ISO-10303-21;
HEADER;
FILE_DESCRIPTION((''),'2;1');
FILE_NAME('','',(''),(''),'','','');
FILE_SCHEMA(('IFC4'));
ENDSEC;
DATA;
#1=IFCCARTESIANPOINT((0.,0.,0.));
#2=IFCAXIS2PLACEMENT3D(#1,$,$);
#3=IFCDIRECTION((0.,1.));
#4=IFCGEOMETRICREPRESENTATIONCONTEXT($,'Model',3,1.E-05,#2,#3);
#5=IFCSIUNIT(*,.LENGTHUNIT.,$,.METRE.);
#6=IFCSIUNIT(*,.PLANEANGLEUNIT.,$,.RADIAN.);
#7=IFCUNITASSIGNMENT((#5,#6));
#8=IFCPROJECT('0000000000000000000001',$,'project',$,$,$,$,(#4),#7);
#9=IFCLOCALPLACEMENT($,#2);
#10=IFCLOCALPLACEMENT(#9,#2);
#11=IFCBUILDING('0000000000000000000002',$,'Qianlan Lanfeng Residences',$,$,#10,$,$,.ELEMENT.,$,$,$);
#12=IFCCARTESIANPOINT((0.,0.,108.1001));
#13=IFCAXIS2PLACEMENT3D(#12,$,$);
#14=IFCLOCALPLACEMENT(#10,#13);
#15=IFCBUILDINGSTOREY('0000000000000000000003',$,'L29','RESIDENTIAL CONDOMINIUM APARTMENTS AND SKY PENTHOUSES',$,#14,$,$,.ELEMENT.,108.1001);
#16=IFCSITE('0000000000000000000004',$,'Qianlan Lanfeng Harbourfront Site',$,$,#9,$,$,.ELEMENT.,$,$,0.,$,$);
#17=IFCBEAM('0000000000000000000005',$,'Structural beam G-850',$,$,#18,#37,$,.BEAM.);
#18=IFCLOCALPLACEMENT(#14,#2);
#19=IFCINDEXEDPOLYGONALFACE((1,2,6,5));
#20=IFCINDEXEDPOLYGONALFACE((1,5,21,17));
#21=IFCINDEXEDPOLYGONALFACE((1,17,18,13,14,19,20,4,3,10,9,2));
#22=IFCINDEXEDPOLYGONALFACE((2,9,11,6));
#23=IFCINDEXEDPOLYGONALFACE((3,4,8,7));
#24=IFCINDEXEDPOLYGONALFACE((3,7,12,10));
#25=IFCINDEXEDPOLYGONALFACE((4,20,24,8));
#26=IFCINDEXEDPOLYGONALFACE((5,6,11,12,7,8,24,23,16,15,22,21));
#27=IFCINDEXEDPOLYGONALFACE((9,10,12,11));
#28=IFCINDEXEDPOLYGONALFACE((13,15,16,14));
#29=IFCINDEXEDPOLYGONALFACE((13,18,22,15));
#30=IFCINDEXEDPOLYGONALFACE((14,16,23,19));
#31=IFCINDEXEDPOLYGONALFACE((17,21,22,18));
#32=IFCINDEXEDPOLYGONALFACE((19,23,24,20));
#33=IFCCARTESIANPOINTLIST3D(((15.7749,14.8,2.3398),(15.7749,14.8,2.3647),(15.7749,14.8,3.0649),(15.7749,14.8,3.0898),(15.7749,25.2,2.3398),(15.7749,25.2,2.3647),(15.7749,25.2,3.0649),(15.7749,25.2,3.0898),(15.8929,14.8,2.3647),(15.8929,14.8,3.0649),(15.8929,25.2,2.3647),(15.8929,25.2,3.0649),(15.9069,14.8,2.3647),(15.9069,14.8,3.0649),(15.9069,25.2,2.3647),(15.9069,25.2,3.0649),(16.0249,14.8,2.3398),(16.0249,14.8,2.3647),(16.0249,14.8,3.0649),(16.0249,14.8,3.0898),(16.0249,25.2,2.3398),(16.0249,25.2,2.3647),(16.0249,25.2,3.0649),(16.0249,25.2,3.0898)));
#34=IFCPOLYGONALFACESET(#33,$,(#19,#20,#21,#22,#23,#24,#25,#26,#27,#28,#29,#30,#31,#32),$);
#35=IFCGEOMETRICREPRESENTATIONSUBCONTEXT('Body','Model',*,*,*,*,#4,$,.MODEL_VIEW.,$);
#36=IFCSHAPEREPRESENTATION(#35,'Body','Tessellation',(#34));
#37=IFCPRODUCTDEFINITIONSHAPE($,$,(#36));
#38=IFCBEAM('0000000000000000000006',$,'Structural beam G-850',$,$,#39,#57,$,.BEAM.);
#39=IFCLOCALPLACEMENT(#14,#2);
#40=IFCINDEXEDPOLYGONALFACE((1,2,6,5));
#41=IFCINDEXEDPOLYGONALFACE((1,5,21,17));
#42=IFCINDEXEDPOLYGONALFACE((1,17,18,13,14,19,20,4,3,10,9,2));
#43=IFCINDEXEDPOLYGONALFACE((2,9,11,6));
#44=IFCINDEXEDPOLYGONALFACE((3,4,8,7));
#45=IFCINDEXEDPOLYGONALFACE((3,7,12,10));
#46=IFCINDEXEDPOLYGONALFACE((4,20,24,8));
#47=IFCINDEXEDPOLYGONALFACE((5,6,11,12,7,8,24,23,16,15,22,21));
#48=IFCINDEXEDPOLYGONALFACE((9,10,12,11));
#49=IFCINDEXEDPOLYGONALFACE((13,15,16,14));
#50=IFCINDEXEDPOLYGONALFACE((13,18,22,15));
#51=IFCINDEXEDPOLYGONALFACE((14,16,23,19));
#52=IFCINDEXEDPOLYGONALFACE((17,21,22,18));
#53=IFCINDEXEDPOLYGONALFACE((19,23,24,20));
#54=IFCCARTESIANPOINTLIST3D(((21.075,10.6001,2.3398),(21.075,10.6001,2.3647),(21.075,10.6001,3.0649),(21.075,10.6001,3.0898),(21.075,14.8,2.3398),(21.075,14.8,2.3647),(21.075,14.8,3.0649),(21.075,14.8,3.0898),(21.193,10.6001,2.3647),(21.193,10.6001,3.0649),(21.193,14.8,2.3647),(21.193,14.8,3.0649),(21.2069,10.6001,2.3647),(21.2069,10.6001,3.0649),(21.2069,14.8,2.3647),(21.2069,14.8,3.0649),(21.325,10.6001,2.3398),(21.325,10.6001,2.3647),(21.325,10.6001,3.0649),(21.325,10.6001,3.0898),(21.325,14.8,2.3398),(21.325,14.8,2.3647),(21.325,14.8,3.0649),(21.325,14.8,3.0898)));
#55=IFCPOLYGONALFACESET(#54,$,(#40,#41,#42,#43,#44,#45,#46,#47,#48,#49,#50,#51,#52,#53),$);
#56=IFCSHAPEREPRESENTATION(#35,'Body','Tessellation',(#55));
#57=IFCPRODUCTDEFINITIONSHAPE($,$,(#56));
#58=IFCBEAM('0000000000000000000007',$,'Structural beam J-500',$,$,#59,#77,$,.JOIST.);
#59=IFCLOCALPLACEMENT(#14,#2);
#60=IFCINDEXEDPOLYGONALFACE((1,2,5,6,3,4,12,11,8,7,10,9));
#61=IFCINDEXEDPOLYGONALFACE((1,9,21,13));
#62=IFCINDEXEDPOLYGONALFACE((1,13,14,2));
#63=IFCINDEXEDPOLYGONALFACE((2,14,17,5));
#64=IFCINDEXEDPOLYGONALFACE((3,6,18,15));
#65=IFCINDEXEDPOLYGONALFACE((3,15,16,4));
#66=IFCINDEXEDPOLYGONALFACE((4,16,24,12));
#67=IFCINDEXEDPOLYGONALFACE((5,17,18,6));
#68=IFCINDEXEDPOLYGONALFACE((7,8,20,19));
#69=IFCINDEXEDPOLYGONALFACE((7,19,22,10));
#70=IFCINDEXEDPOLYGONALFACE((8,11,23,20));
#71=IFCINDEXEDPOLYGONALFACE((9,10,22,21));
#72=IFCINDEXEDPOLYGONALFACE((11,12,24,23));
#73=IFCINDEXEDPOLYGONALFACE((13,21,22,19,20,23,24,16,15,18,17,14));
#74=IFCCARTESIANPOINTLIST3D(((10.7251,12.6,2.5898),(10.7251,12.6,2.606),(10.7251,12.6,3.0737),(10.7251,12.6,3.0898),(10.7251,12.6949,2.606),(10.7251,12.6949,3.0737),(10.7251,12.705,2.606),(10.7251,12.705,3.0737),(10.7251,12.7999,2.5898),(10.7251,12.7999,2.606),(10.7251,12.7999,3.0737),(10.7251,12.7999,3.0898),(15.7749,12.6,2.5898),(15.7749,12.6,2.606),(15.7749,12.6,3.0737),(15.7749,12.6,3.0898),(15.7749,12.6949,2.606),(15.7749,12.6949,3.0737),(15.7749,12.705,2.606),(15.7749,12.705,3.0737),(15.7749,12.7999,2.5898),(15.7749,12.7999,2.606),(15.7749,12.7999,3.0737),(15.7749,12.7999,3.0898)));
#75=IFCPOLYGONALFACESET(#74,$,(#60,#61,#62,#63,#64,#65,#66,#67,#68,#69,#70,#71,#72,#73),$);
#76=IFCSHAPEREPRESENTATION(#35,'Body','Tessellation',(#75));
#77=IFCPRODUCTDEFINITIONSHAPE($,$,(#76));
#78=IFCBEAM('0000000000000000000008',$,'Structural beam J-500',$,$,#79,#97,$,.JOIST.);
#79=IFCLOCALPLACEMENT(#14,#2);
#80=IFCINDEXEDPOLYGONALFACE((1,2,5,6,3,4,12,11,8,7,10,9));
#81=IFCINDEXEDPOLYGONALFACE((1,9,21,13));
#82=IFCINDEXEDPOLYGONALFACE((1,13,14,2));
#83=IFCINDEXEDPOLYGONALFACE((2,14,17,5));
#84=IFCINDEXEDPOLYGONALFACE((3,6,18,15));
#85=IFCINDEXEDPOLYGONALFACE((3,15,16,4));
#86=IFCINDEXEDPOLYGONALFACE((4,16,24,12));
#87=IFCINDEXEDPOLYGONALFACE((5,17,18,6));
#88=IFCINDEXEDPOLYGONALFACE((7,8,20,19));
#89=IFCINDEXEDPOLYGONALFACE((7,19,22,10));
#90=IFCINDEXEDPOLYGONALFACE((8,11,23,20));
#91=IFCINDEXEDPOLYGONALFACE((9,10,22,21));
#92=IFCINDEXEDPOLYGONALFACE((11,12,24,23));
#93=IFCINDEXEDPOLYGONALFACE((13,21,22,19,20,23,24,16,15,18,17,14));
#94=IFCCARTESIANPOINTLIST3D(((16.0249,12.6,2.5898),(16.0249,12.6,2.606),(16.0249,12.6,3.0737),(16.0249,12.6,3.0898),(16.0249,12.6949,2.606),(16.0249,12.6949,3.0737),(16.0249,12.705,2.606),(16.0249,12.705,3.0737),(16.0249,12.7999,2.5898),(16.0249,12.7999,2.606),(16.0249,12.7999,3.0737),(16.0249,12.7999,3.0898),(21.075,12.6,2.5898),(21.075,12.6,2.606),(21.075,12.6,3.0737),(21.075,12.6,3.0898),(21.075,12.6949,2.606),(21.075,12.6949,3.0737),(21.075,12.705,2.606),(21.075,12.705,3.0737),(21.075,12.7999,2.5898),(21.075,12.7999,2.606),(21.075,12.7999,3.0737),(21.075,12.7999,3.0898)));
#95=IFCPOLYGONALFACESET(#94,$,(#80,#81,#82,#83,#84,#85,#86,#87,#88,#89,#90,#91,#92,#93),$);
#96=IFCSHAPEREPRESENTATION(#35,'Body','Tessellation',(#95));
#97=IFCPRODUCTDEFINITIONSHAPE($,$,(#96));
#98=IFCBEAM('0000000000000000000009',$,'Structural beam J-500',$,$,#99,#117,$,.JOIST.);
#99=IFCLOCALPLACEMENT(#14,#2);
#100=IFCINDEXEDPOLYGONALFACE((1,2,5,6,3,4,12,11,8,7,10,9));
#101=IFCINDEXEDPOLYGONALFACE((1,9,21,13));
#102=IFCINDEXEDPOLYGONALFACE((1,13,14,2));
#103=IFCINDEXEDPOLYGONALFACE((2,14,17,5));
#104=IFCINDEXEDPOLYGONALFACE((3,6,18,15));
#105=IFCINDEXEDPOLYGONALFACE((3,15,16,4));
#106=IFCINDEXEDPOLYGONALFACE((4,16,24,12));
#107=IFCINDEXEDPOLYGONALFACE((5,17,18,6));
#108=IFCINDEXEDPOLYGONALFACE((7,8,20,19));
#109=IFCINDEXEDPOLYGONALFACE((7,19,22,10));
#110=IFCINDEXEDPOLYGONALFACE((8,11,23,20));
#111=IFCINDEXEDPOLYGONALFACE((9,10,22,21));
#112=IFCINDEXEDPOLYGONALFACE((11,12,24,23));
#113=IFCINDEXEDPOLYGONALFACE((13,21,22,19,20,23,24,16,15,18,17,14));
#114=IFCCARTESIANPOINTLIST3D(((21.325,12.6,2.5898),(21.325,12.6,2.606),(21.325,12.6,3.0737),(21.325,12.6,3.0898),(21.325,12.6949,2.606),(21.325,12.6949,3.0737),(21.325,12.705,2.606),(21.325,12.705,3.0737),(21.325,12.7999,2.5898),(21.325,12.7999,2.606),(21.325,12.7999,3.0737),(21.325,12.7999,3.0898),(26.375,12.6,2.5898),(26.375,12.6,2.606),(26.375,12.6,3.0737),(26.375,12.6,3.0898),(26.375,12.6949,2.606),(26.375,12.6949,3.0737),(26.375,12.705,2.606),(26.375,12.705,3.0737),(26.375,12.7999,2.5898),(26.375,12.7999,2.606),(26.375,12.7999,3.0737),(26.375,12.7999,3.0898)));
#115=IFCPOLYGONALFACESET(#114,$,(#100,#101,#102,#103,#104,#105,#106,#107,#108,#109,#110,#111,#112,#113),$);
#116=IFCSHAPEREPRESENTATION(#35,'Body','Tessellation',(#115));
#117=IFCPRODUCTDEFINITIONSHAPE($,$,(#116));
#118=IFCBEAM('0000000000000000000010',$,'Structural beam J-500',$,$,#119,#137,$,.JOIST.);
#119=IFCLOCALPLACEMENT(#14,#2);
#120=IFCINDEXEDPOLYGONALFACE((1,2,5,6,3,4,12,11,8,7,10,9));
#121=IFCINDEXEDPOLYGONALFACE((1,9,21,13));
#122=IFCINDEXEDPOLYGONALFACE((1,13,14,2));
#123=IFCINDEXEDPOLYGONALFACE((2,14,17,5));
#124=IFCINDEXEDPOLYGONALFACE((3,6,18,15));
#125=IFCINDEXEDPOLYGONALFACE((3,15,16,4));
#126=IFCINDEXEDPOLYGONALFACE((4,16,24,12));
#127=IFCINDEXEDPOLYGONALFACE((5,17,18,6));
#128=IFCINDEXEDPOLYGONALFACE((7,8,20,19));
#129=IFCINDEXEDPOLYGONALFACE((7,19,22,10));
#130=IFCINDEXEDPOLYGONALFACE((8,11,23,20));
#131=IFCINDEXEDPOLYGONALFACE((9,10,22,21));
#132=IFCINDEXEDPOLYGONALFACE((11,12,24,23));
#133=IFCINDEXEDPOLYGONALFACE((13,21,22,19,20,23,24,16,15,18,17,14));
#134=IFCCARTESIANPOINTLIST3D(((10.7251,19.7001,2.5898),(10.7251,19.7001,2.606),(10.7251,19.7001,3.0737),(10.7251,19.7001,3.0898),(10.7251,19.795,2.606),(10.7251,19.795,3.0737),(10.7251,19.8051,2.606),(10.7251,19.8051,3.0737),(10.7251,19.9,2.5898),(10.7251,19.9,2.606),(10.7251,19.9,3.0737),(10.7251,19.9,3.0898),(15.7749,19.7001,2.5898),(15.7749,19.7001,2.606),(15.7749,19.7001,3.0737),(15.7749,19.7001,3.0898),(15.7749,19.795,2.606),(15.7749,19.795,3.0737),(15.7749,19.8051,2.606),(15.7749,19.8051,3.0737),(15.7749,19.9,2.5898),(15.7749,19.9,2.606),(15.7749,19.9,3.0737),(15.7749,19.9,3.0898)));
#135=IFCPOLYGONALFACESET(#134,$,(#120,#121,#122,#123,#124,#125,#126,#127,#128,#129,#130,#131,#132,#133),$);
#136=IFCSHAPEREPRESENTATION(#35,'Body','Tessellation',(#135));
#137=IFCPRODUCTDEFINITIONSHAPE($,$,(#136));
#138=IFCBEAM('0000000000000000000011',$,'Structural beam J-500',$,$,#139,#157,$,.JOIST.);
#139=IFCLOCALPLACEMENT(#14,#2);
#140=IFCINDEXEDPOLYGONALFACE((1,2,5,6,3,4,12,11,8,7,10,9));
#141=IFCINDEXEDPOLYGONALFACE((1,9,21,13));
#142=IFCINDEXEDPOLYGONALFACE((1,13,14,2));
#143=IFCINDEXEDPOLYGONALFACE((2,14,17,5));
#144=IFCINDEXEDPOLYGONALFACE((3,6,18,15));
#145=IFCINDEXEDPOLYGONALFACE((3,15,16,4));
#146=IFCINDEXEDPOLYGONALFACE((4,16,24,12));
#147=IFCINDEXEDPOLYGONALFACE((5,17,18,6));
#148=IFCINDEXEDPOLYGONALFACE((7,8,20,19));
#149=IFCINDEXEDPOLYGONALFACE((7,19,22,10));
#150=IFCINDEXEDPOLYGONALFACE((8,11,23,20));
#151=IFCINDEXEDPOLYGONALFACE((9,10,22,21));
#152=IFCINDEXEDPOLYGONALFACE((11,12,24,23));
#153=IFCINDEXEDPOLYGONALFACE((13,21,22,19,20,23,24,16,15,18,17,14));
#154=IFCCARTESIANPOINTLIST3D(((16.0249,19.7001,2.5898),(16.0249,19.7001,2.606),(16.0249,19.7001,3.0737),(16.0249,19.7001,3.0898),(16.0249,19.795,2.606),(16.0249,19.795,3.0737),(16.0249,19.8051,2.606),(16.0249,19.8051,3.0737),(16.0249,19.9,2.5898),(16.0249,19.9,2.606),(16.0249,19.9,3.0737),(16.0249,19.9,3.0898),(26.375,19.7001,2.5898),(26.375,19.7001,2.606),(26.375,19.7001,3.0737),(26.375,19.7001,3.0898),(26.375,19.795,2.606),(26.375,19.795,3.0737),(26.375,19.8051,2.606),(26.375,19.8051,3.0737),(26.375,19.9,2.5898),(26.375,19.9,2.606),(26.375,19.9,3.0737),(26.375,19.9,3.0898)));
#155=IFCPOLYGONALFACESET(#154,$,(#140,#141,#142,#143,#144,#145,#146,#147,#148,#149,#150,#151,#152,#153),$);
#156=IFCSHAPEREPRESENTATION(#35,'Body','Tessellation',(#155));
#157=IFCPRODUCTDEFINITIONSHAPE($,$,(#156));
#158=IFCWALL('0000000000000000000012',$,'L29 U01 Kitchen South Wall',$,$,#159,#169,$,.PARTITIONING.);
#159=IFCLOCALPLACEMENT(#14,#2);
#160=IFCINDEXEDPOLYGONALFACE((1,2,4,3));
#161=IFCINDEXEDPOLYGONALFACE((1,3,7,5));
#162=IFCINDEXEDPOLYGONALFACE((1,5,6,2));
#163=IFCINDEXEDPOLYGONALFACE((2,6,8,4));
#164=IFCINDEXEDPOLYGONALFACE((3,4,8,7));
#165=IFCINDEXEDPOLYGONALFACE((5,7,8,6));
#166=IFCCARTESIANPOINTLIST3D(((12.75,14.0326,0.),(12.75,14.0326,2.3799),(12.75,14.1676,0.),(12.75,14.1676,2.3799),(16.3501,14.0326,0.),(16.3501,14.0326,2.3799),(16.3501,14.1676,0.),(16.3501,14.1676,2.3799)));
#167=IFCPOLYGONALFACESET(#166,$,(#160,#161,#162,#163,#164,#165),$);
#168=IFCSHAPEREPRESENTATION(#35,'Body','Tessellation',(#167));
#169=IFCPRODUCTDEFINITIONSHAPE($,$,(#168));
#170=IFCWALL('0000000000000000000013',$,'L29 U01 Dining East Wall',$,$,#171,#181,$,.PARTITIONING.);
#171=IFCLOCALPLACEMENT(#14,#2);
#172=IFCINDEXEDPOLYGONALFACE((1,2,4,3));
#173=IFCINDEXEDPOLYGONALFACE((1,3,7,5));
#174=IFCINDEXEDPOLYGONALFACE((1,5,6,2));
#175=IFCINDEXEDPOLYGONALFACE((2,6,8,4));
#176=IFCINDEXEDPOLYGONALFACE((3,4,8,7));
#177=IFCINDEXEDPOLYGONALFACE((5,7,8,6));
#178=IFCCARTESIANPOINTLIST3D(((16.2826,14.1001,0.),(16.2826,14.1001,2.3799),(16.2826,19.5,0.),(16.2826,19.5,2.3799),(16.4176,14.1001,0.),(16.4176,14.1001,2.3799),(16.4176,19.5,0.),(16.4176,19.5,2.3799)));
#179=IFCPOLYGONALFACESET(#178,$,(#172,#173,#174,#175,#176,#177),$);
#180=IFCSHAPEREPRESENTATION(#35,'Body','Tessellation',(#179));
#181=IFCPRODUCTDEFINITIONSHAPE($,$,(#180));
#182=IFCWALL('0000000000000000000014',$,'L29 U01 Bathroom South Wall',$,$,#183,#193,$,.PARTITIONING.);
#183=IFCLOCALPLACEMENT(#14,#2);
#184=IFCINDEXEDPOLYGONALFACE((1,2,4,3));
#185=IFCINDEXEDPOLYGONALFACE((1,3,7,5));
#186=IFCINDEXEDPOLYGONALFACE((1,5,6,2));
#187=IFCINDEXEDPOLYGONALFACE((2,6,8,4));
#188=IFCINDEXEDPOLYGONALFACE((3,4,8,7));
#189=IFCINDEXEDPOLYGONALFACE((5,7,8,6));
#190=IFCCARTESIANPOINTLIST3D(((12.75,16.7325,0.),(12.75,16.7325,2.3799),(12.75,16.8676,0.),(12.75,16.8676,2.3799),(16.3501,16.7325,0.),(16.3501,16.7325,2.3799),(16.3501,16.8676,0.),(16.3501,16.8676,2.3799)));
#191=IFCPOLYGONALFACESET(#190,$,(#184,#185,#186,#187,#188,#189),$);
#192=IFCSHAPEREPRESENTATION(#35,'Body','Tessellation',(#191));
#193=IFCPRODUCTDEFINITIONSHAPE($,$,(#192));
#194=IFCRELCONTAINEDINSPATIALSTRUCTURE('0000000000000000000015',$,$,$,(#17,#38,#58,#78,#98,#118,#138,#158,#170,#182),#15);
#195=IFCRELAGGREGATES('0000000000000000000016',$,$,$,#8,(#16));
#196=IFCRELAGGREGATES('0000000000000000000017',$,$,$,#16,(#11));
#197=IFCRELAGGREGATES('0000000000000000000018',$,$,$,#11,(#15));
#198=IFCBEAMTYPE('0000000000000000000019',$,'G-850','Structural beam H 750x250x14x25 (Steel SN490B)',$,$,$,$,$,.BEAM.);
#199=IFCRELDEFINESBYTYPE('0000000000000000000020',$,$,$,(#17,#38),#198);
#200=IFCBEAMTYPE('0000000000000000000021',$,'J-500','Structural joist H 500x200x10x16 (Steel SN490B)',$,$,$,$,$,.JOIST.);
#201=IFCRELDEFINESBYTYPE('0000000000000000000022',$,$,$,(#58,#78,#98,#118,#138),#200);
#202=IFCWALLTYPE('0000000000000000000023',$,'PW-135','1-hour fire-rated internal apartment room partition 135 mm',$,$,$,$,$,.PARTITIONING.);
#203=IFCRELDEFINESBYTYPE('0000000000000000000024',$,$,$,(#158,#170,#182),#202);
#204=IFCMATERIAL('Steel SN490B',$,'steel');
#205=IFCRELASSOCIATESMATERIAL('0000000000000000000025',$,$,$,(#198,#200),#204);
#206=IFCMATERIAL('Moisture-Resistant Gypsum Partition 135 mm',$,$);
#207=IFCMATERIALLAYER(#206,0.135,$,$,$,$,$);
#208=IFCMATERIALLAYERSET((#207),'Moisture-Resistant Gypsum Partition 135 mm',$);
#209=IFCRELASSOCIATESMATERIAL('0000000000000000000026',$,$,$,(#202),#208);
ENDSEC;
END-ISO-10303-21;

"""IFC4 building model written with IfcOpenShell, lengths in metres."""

from ifc_helpers import new_model, si_unit, direction, frame, frame_2d, origin, origin_2d, place, context, subcontext, project, spatial, rectangle, i_section, extrude, material, layer, layer_set, material_profile, profile_set, type_object, element, save


model = new_model("IFC4")

# Units and contexts
model_context = context("Model", 3, precision=1e-05, world=origin(), true_north=direction((0.0, 1.0)))
body_context = subcontext(model_context, "Body", "Model", "MODEL_VIEW")
ifc_project = project(units=[si_unit("LENGTHUNIT", "METRE"), si_unit("PLANEANGLEUNIT", "RADIAN")], contexts=[model_context])

# Site, building, storey
site_placement = place(None, origin())
site = spatial("IfcSite", under=ifc_project, at=site_placement, Name="Qianlan Lanfeng Harbourfront Site", CompositionType="ELEMENT", RefElevation=0.0)
building_placement = place(site_placement, origin())
building = spatial("IfcBuilding", under=site, at=building_placement, Name="Qianlan Lanfeng Residences", CompositionType="ELEMENT")
storey_placement = place(building_placement, frame((0.0, 0.0, 108.1001)))
storey = spatial("IfcBuildingStorey", under=building, at=storey_placement, Name="L29", Description="RESIDENTIAL CONDOMINIUM APARTMENTS AND SKY PENTHOUSES", CompositionType="ELEMENT", Elevation=108.1001)

# Shared definitions
ifc_material_1 = material(Name="Steel SN490B", Category="steel")

# Beams
ifc_material_profile_1 = material_profile(ifc_material_1, i_section(OverallWidth=0.25, OverallDepth=0.75, WebThickness=0.0139, FlangeThickness=0.0249, at=origin_2d()), Name="H 750x250x14x25")
ifc_profile_set_1 = profile_set([ifc_material_profile_1], Name="Steel SN490B")
beam_type_1 = type_object("IfcBeamType", Name="G-850", Description="Structural beam H 750x250x14x25 (Steel SN490B)", PredefinedType="BEAM", material=ifc_profile_set_1)
beam_1_placement = place(storey_placement, frame((15.8999, 14.8, 2.7148), z_axis=(0.0, 1.0, 0.0), x_axis=(-1.0, 0.0, 0.0)))
element("IfcBeam", 1, at=beam_1_placement, inside=storey, type_object=beam_type_1, Name="Structural beam G-850", PredefinedType="BEAM", context=body_context, shape_type="SweptSolid", body=[
    extrude(i_section(OverallWidth=0.25, OverallDepth=0.75, WebThickness=0.0139, FlangeThickness=0.0249, at=origin_2d()), origin(), (0.0, 0.0, 1.0), 10.3999),
])
beam_2_placement = place(storey_placement, frame((21.2, 10.6001, 2.7148), z_axis=(0.0, 1.0, 0.0), x_axis=(-1.0, 0.0, 0.0)))
element("IfcBeam", 2, at=beam_2_placement, inside=storey, type_object=beam_type_1, Name="Structural beam G-850", PredefinedType="BEAM", context=body_context, shape_type="SweptSolid", body=[
    extrude(i_section(OverallWidth=0.25, OverallDepth=0.75, WebThickness=0.0139, FlangeThickness=0.0249, at=origin_2d()), origin(), (0.0, 0.0, 1.0), 4.2),
])
ifc_material_profile_2 = material_profile(ifc_material_1, i_section(OverallWidth=0.2, OverallDepth=0.5, WebThickness=0.01, FlangeThickness=0.0161, at=origin_2d()), Name="H 500x200x10x16")
ifc_profile_set_2 = profile_set([ifc_material_profile_2], Name="Steel SN490B")
beam_type_2 = type_object("IfcBeamType", Name="J-500", Description="Structural joist H 500x200x10x16 (Steel SN490B)", PredefinedType="JOIST", material=ifc_profile_set_2)
beam_3_placement = place(storey_placement, frame((10.7251, 12.7, 2.8398), z_axis=(1.0, 0.0, 0.0), x_axis=(0.0, 1.0, 0.0)))
element("IfcBeam", 3, at=beam_3_placement, inside=storey, type_object=beam_type_2, Name="Structural beam J-500", PredefinedType="JOIST", context=body_context, shape_type="SweptSolid", body=[
    extrude(i_section(OverallWidth=0.2, OverallDepth=0.5, WebThickness=0.01, FlangeThickness=0.0161, at=origin_2d()), origin(), (0.0, 0.0, 1.0), 5.0498),
])
for number, where, z_axis, x_axis, name in (
    (4, (16.0249, 12.7, 2.8398), (1.0, 0.0, 0.0), (0.0, 1.0, 0.0), "Structural beam J-500"),
    (5, (21.325, 12.7, 2.8398), (1.0, 0.0, 0.0), (0.0, 1.0, 0.0), "Structural beam J-500"),
):
    element("IfcBeam", number, at=place(storey_placement, frame(where, z_axis=z_axis, x_axis=x_axis)), inside=storey, type_object=beam_type_2, Name=name, PredefinedType="JOIST", context=body_context, shape_type="SweptSolid", body=[
        extrude(i_section(OverallWidth=0.2, OverallDepth=0.5, WebThickness=0.01, FlangeThickness=0.0161, at=origin_2d()), origin(), (0.0, 0.0, 1.0), 5.05),
    ])
beam_4_placement = place(storey_placement, frame((10.7251, 19.8, 2.8398), z_axis=(1.0, 0.0, 0.0), x_axis=(0.0, 1.0, 0.0)))
element("IfcBeam", 6, at=beam_4_placement, inside=storey, type_object=beam_type_2, Name="Structural beam J-500", PredefinedType="JOIST", context=body_context, shape_type="SweptSolid", body=[
    extrude(i_section(OverallWidth=0.2, OverallDepth=0.5, WebThickness=0.01, FlangeThickness=0.0161, at=origin_2d()), origin(), (0.0, 0.0, 1.0), 5.0498),
])
beam_5_placement = place(storey_placement, frame((16.0249, 19.8, 2.8398), z_axis=(1.0, 0.0, 0.0), x_axis=(0.0, 1.0, 0.0)))
element("IfcBeam", 7, at=beam_5_placement, inside=storey, type_object=beam_type_2, Name="Structural beam J-500", PredefinedType="JOIST", context=body_context, shape_type="SweptSolid", body=[
    extrude(i_section(OverallWidth=0.2, OverallDepth=0.5, WebThickness=0.01, FlangeThickness=0.0161, at=origin_2d()), origin(), (0.0, 0.0, 1.0), 10.3501),
])

# Walls
ifc_material_2 = material(Name="Moisture-Resistant Gypsum Partition 135 mm")
ifc_layer = layer(ifc_material_2, 0.135)
ifc_layer_set = layer_set([ifc_layer], Name="Moisture-Resistant Gypsum Partition 135 mm")
wall_type = type_object("IfcWallType", Name="PW-135", Description="1-hour fire-rated internal apartment room partition 135 mm", PredefinedType="PARTITIONING", material=ifc_layer_set)
wall_1_placement = place(storey_placement, frame((12.75, 14.1001, 0.0), z_axis=(0.0, 0.0, 1.0), x_axis=(1.0, 0.0, 0.0)))
element("IfcWall", 8, at=wall_1_placement, inside=storey, type_object=wall_type, Name="L29 U01 Kitchen South Wall", PredefinedType="PARTITIONING", context=body_context, shape_type="SweptSolid", body=[
    extrude(rectangle(XDim=3.6001, YDim=0.135, at=frame_2d((1.8, 0.0))), origin(), (0.0, 0.0, 1.0), 2.3799),
])
wall_2_placement = place(storey_placement, frame((16.3501, 14.1001, 0.0), z_axis=(0.0, 0.0, 1.0), x_axis=(0.0, 1.0, 0.0)))
element("IfcWall", 9, at=wall_2_placement, inside=storey, type_object=wall_type, Name="L29 U01 Dining East Wall", PredefinedType="PARTITIONING", context=body_context, shape_type="SweptSolid", body=[
    extrude(rectangle(XDim=5.3999, YDim=0.135, at=frame_2d((2.7, 0.0))), origin(), (0.0, 0.0, 1.0), 2.3799),
])
wall_3_placement = place(storey_placement, frame((12.75, 16.8, 0.0), z_axis=(0.0, 0.0, 1.0), x_axis=(1.0, 0.0, 0.0)))
element("IfcWall", 10, at=wall_3_placement, inside=storey, type_object=wall_type, Name="L29 U01 Bathroom South Wall", PredefinedType="PARTITIONING", context=body_context, shape_type="SweptSolid", body=[
    extrude(rectangle(XDim=3.6001, YDim=0.135, at=frame_2d((1.8, 0.0))), origin(), (0.0, 0.0, 1.0), 2.3799),
])

save(model, "model.ifc")
